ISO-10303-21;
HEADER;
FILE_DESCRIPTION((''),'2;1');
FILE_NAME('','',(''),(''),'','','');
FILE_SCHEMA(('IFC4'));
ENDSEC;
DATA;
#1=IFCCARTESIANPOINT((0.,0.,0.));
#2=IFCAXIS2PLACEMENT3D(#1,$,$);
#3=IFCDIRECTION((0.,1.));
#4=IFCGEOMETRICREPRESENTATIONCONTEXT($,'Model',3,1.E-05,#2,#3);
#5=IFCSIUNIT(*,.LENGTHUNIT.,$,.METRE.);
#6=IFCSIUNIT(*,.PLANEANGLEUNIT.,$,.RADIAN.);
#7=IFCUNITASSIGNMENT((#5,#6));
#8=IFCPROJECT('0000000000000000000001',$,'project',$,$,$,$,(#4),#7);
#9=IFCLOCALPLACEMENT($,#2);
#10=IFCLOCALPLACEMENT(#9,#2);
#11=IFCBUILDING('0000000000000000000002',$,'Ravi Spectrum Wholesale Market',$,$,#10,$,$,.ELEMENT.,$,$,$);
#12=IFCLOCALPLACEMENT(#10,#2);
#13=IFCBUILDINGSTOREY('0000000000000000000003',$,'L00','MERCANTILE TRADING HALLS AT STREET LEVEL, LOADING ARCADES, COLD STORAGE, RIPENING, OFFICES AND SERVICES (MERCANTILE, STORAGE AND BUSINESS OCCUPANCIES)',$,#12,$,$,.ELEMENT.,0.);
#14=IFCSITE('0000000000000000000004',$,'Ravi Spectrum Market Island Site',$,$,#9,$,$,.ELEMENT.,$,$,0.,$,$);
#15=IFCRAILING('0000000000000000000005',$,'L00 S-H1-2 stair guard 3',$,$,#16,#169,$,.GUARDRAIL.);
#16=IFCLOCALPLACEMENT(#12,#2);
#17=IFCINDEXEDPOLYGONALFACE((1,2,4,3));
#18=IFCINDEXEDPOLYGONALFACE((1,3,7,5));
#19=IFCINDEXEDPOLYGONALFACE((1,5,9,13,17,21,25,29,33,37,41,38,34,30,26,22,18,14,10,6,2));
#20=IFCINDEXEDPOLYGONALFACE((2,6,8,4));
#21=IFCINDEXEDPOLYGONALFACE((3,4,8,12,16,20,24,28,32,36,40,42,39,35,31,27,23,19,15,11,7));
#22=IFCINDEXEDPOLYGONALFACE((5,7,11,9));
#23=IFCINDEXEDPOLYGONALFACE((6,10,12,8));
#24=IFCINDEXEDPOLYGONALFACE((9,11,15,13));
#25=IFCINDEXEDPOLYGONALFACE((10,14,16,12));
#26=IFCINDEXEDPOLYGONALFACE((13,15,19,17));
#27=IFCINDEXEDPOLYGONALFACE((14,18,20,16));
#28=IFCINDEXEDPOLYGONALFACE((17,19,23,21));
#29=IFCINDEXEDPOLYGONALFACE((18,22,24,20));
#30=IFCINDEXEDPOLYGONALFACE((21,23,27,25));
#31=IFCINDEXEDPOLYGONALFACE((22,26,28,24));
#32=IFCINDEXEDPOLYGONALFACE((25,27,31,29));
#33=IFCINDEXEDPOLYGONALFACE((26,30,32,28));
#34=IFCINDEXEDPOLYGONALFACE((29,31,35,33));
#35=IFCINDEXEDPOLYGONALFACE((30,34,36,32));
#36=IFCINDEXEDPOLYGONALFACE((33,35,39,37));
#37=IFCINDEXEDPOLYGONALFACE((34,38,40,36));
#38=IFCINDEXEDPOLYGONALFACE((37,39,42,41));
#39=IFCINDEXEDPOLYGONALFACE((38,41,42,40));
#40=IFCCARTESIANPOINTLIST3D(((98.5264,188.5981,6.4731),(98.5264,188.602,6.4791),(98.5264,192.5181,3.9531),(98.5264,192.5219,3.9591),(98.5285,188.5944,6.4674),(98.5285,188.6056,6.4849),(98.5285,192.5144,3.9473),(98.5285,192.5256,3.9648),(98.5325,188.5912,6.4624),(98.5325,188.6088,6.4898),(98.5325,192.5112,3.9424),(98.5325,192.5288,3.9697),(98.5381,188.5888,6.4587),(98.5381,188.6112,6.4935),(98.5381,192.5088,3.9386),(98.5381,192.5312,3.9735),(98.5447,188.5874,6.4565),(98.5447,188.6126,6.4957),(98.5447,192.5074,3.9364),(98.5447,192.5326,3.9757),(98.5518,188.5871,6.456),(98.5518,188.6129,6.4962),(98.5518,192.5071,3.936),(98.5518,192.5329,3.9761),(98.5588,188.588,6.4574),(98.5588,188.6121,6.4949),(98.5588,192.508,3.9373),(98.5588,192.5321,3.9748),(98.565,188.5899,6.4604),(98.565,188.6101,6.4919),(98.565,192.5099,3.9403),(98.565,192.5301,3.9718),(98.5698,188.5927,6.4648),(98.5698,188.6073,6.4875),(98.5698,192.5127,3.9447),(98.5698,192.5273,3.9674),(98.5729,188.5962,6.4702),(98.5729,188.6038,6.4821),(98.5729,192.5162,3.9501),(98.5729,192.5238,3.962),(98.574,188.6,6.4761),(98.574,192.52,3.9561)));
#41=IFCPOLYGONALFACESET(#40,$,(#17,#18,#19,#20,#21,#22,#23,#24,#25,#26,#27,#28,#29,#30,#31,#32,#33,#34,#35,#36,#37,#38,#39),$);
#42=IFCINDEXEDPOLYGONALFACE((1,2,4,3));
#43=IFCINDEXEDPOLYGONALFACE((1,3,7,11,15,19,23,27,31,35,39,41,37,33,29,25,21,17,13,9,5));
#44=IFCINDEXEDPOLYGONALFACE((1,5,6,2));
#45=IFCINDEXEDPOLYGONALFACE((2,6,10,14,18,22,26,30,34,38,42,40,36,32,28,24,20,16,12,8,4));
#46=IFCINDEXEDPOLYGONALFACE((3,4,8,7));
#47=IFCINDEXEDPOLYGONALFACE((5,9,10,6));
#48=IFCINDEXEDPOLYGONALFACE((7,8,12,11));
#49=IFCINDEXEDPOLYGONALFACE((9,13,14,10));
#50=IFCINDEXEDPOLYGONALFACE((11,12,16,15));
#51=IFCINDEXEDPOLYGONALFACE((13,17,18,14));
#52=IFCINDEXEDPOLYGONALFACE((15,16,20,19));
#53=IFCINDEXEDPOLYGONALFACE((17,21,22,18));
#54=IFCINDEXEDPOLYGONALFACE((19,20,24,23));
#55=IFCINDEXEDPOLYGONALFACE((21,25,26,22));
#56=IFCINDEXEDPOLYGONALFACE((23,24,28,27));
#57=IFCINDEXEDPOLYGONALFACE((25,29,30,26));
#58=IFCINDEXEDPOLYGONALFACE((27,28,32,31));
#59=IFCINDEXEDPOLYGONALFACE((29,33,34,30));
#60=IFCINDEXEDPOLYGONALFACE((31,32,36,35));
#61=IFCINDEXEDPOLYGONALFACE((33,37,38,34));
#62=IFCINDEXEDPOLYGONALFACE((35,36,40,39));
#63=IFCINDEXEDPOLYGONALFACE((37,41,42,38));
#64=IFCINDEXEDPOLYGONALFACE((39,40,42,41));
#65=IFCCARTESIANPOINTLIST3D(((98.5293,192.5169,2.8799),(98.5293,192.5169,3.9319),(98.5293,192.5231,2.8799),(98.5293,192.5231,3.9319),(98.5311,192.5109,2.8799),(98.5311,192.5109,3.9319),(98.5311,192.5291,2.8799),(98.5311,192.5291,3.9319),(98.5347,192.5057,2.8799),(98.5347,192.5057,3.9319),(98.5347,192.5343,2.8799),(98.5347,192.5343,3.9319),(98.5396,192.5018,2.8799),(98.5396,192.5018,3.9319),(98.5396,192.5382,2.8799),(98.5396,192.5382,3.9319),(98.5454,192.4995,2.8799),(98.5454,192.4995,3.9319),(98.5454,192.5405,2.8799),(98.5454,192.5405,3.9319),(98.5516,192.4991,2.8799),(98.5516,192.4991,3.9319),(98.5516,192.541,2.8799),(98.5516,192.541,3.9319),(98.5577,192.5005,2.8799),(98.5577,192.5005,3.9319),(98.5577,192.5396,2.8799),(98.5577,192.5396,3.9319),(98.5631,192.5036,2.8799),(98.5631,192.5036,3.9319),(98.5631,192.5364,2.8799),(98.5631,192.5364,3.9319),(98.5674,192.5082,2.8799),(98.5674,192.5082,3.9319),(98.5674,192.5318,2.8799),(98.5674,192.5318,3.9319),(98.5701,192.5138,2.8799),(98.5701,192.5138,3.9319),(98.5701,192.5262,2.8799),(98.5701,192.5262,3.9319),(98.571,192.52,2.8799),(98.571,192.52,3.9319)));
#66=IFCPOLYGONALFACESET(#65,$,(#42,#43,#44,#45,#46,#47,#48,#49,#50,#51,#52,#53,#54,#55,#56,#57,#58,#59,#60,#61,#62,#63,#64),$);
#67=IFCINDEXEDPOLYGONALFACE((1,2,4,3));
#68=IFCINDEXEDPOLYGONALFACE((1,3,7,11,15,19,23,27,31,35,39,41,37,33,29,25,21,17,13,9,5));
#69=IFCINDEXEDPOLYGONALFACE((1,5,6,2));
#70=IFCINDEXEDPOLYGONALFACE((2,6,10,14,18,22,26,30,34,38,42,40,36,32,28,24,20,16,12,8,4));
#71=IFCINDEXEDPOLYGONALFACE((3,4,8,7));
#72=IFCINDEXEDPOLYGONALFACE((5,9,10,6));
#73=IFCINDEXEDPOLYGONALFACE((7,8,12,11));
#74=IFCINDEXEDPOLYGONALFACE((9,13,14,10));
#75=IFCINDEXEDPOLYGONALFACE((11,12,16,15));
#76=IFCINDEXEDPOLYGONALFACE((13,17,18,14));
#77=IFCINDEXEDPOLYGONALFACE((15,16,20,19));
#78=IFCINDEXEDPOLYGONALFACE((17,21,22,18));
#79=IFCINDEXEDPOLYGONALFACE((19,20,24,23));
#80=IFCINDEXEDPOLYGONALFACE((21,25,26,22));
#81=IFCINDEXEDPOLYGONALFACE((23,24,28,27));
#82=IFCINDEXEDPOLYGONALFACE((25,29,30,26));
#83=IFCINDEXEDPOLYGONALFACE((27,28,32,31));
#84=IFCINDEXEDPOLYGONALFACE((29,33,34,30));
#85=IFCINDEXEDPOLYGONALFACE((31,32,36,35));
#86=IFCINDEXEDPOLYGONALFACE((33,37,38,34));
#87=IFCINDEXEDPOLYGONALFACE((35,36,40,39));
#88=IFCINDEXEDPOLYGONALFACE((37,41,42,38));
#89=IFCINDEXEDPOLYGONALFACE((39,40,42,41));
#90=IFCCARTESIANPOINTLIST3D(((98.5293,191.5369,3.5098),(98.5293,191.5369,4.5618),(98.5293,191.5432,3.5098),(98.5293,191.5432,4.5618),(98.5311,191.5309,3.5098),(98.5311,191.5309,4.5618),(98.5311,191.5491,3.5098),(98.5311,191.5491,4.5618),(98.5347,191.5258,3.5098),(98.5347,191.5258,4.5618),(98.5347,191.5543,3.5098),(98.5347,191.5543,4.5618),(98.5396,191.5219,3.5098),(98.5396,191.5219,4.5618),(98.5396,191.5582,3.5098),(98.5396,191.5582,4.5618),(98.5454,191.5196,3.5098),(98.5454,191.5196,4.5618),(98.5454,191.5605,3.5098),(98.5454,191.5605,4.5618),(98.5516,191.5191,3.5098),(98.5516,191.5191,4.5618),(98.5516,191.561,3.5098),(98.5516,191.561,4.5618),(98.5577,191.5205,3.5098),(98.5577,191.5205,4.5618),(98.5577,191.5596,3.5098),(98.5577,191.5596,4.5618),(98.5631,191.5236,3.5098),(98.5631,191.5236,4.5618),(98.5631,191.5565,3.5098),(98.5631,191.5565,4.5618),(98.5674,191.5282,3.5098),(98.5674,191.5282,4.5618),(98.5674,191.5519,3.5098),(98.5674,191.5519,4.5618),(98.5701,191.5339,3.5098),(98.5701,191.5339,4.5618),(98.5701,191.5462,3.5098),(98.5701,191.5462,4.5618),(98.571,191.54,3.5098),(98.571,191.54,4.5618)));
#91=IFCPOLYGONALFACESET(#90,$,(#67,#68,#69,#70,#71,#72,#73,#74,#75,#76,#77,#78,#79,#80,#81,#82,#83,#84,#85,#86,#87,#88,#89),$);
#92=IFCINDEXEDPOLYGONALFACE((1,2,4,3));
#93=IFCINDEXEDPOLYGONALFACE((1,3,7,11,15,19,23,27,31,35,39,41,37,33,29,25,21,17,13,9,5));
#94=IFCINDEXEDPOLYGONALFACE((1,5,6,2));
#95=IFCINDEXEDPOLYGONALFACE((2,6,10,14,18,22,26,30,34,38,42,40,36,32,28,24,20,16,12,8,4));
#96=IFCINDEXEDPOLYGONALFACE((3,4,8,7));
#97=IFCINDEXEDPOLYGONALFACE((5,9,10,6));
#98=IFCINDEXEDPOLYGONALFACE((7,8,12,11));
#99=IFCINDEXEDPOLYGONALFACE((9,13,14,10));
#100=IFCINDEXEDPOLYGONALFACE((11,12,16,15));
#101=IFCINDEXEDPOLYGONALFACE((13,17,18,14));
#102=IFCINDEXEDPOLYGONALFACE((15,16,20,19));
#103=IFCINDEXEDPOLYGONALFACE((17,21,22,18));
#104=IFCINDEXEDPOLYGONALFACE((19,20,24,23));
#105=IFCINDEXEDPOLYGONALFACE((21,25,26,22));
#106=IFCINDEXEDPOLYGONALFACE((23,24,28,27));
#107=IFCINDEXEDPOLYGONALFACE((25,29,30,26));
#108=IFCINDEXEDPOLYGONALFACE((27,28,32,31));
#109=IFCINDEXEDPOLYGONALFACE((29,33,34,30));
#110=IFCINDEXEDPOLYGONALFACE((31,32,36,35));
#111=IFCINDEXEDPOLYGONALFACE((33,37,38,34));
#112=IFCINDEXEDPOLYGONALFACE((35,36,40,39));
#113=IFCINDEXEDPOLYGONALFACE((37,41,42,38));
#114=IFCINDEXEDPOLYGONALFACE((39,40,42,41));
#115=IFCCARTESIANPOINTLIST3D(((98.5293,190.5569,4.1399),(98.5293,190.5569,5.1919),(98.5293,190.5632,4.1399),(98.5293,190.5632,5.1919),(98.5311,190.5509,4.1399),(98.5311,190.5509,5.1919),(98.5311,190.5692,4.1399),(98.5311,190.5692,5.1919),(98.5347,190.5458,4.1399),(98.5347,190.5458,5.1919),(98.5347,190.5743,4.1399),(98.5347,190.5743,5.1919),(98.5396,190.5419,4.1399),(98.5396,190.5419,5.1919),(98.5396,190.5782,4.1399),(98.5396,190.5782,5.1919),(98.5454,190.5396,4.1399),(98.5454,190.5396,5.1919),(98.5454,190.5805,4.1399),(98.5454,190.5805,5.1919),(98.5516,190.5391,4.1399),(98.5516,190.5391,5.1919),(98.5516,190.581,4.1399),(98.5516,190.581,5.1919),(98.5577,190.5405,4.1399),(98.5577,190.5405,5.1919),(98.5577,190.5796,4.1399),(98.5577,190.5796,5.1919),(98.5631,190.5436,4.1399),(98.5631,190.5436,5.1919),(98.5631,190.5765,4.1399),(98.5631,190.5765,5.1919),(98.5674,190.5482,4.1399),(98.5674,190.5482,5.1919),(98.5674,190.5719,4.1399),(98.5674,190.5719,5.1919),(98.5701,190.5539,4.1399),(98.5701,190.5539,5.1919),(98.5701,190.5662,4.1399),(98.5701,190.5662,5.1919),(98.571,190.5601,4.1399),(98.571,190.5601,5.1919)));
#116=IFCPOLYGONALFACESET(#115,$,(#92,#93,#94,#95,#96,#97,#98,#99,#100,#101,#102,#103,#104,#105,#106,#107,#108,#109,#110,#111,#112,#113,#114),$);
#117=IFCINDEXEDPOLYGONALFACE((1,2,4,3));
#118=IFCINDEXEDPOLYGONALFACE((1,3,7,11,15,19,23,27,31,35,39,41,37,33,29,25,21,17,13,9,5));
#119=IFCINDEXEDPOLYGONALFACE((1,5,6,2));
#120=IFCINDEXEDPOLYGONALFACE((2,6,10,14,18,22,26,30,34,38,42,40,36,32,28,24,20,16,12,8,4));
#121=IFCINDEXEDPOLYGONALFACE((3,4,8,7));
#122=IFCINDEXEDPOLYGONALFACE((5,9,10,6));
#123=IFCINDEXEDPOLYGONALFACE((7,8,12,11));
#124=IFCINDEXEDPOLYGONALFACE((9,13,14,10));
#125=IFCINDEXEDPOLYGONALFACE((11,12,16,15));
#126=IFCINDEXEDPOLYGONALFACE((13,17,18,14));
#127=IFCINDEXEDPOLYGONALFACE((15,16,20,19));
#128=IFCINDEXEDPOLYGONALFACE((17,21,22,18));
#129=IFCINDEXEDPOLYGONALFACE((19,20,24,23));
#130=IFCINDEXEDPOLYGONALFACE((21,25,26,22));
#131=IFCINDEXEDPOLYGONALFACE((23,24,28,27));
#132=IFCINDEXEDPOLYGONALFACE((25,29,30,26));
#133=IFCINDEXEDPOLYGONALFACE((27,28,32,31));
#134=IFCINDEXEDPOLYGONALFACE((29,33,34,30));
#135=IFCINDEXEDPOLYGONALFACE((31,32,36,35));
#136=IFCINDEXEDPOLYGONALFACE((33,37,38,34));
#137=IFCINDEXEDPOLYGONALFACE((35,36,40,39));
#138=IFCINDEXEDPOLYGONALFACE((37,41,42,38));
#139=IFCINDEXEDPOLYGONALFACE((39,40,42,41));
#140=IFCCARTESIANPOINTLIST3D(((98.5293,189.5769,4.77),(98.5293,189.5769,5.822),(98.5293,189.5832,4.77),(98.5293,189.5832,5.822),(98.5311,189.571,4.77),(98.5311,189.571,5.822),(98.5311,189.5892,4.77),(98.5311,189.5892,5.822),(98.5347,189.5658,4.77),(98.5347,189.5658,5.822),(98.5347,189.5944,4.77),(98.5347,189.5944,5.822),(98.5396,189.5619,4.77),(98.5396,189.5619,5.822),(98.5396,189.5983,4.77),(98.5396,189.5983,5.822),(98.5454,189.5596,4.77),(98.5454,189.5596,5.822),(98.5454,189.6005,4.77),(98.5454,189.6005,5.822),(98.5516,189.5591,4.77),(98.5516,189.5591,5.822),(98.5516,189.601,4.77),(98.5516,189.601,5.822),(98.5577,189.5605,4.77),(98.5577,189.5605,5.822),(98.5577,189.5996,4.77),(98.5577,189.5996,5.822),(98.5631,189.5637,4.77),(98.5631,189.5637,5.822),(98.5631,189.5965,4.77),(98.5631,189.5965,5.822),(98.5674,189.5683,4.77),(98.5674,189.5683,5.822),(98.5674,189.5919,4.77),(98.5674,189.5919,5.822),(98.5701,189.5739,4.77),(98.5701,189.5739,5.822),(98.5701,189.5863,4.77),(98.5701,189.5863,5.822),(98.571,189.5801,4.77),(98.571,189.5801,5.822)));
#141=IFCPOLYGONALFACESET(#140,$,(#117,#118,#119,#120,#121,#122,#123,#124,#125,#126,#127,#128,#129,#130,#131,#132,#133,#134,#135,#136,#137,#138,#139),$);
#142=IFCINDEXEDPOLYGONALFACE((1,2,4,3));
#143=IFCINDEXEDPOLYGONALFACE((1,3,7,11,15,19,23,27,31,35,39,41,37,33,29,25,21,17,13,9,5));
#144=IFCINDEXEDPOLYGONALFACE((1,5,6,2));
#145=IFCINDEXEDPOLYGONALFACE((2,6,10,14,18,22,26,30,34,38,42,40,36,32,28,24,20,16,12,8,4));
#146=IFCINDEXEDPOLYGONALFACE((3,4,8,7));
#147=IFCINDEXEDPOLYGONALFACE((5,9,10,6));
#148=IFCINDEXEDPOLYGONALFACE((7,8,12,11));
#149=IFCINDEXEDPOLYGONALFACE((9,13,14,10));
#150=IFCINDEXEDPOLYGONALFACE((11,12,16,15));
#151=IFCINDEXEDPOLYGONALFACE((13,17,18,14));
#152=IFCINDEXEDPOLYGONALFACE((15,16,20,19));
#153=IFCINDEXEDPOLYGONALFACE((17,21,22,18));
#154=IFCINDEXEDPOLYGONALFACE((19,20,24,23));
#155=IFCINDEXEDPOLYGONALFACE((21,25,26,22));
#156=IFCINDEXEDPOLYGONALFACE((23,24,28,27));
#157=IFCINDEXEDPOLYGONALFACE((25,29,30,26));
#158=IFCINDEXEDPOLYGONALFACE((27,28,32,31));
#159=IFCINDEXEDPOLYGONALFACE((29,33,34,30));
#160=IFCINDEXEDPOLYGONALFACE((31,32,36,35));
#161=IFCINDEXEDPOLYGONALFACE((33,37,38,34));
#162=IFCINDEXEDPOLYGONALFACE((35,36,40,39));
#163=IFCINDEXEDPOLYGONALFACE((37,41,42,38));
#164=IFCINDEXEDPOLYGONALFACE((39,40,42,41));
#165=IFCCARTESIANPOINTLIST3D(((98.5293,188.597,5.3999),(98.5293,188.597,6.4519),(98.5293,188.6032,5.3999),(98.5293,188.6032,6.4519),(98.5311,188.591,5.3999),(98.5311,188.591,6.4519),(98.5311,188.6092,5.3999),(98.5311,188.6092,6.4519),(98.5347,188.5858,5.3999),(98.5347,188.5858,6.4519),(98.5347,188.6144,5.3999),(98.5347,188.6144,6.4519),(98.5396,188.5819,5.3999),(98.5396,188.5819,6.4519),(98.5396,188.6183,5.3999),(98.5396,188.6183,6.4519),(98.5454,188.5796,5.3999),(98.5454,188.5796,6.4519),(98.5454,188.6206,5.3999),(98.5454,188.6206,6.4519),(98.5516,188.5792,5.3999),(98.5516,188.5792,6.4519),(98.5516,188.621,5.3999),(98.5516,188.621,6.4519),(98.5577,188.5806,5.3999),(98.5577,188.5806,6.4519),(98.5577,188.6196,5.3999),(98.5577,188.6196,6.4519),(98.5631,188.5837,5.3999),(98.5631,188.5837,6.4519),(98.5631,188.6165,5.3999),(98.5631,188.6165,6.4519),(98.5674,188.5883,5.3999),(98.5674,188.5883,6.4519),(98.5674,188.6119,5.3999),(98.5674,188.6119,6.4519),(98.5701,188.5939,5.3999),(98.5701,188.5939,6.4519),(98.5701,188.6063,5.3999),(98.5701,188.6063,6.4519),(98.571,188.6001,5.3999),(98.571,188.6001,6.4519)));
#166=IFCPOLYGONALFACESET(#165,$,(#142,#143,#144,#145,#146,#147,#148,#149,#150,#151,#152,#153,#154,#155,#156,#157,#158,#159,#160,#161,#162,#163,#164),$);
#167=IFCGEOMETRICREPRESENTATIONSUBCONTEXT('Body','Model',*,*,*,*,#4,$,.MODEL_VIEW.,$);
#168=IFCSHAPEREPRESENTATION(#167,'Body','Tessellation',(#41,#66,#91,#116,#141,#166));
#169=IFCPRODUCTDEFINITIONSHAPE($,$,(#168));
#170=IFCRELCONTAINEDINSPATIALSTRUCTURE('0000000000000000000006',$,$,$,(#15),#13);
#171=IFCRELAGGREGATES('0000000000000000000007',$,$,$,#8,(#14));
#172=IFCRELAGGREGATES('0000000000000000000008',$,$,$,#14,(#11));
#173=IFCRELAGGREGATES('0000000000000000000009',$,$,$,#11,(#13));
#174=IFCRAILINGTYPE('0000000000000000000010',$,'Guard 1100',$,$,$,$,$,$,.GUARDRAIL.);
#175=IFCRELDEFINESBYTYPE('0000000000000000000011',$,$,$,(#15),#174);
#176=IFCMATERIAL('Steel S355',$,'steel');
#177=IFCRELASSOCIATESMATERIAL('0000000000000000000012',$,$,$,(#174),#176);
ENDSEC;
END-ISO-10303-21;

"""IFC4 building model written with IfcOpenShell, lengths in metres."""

from ifc_helpers import new_model, si_unit, direction, frame, origin, origin_2d, place, context, subcontext, project, spatial, circle, extrude, material, type_object, element, save


model = new_model("IFC4")

# Units and contexts
model_context = context("Model", 3, precision=1e-05, world=origin(), true_north=direction((0.0, 1.0)))
body_context = subcontext(model_context, "Body", "Model", "MODEL_VIEW")
ifc_project = project(units=[si_unit("LENGTHUNIT", "METRE"), si_unit("PLANEANGLEUNIT", "RADIAN")], contexts=[model_context])

# Site, building, storey
site_placement = place(None, origin())
site = spatial("IfcSite", under=ifc_project, at=site_placement, Name="Ravi Spectrum Market Island Site", CompositionType="ELEMENT", RefElevation=0.0)
building_placement = place(site_placement, origin())
building = spatial("IfcBuilding", under=site, at=building_placement, Name="Ravi Spectrum Wholesale Market", CompositionType="ELEMENT")
storey_placement = place(building_placement, origin())
storey = spatial("IfcBuildingStorey", under=building, at=storey_placement, Name="L00", Description="MERCANTILE TRADING HALLS AT STREET LEVEL, LOADING ARCADES, COLD STORAGE, RIPENING, OFFICES AND SERVICES (MERCANTILE, STORAGE AND BUSINESS OCCUPANCIES)", CompositionType="ELEMENT", Elevation=0.0)

# Railing
ifc_material_1 = material(Name="Steel S355", Category="steel")
railing_type_1 = type_object("IfcRailingType", Name="Guard 1100", PredefinedType="GUARDRAIL", material=ifc_material_1)
railing_1_placement = place(storey_placement, frame((98.55, 192.52, 2.8799)))
element("IfcRailing", 1, at=railing_1_placement, inside=storey, type_object=railing_type_1, Name="L00 S-H1-2 stair guard 3", PredefinedType="GUARDRAIL", context=body_context, shape_type="SweptSolid", body=[
    extrude(circle(Radius=0.0239, at=origin_2d()), frame((0.0, 0.0, 1.0762), z_axis=(0.0, -0.841172, 0.540768), x_axis=(1.0, 0.0, 0.0)), (0.0, 0.0, 1.0), 4.6602),
    extrude(circle(Radius=0.021, at=origin_2d()), origin(), (0.0, 0.0, 1.0), 1.052),
    extrude(circle(Radius=0.021, at=origin_2d()), frame((0.0, -0.98, 0.6299)), (0.0, 0.0, 1.0), 1.052),
    extrude(circle(Radius=0.021, at=origin_2d()), frame((0.0, -1.96, 1.26)), (0.0, 0.0, 1.0), 1.052),
    extrude(circle(Radius=0.021, at=origin_2d()), frame((0.0, -2.9399, 1.8901)), (0.0, 0.0, 1.0), 1.052),
    extrude(circle(Radius=0.021, at=origin_2d()), frame((0.0, -3.9199, 2.52)), (0.0, 0.0, 1.0), 1.052),
])

save(model, "model.ifc")
